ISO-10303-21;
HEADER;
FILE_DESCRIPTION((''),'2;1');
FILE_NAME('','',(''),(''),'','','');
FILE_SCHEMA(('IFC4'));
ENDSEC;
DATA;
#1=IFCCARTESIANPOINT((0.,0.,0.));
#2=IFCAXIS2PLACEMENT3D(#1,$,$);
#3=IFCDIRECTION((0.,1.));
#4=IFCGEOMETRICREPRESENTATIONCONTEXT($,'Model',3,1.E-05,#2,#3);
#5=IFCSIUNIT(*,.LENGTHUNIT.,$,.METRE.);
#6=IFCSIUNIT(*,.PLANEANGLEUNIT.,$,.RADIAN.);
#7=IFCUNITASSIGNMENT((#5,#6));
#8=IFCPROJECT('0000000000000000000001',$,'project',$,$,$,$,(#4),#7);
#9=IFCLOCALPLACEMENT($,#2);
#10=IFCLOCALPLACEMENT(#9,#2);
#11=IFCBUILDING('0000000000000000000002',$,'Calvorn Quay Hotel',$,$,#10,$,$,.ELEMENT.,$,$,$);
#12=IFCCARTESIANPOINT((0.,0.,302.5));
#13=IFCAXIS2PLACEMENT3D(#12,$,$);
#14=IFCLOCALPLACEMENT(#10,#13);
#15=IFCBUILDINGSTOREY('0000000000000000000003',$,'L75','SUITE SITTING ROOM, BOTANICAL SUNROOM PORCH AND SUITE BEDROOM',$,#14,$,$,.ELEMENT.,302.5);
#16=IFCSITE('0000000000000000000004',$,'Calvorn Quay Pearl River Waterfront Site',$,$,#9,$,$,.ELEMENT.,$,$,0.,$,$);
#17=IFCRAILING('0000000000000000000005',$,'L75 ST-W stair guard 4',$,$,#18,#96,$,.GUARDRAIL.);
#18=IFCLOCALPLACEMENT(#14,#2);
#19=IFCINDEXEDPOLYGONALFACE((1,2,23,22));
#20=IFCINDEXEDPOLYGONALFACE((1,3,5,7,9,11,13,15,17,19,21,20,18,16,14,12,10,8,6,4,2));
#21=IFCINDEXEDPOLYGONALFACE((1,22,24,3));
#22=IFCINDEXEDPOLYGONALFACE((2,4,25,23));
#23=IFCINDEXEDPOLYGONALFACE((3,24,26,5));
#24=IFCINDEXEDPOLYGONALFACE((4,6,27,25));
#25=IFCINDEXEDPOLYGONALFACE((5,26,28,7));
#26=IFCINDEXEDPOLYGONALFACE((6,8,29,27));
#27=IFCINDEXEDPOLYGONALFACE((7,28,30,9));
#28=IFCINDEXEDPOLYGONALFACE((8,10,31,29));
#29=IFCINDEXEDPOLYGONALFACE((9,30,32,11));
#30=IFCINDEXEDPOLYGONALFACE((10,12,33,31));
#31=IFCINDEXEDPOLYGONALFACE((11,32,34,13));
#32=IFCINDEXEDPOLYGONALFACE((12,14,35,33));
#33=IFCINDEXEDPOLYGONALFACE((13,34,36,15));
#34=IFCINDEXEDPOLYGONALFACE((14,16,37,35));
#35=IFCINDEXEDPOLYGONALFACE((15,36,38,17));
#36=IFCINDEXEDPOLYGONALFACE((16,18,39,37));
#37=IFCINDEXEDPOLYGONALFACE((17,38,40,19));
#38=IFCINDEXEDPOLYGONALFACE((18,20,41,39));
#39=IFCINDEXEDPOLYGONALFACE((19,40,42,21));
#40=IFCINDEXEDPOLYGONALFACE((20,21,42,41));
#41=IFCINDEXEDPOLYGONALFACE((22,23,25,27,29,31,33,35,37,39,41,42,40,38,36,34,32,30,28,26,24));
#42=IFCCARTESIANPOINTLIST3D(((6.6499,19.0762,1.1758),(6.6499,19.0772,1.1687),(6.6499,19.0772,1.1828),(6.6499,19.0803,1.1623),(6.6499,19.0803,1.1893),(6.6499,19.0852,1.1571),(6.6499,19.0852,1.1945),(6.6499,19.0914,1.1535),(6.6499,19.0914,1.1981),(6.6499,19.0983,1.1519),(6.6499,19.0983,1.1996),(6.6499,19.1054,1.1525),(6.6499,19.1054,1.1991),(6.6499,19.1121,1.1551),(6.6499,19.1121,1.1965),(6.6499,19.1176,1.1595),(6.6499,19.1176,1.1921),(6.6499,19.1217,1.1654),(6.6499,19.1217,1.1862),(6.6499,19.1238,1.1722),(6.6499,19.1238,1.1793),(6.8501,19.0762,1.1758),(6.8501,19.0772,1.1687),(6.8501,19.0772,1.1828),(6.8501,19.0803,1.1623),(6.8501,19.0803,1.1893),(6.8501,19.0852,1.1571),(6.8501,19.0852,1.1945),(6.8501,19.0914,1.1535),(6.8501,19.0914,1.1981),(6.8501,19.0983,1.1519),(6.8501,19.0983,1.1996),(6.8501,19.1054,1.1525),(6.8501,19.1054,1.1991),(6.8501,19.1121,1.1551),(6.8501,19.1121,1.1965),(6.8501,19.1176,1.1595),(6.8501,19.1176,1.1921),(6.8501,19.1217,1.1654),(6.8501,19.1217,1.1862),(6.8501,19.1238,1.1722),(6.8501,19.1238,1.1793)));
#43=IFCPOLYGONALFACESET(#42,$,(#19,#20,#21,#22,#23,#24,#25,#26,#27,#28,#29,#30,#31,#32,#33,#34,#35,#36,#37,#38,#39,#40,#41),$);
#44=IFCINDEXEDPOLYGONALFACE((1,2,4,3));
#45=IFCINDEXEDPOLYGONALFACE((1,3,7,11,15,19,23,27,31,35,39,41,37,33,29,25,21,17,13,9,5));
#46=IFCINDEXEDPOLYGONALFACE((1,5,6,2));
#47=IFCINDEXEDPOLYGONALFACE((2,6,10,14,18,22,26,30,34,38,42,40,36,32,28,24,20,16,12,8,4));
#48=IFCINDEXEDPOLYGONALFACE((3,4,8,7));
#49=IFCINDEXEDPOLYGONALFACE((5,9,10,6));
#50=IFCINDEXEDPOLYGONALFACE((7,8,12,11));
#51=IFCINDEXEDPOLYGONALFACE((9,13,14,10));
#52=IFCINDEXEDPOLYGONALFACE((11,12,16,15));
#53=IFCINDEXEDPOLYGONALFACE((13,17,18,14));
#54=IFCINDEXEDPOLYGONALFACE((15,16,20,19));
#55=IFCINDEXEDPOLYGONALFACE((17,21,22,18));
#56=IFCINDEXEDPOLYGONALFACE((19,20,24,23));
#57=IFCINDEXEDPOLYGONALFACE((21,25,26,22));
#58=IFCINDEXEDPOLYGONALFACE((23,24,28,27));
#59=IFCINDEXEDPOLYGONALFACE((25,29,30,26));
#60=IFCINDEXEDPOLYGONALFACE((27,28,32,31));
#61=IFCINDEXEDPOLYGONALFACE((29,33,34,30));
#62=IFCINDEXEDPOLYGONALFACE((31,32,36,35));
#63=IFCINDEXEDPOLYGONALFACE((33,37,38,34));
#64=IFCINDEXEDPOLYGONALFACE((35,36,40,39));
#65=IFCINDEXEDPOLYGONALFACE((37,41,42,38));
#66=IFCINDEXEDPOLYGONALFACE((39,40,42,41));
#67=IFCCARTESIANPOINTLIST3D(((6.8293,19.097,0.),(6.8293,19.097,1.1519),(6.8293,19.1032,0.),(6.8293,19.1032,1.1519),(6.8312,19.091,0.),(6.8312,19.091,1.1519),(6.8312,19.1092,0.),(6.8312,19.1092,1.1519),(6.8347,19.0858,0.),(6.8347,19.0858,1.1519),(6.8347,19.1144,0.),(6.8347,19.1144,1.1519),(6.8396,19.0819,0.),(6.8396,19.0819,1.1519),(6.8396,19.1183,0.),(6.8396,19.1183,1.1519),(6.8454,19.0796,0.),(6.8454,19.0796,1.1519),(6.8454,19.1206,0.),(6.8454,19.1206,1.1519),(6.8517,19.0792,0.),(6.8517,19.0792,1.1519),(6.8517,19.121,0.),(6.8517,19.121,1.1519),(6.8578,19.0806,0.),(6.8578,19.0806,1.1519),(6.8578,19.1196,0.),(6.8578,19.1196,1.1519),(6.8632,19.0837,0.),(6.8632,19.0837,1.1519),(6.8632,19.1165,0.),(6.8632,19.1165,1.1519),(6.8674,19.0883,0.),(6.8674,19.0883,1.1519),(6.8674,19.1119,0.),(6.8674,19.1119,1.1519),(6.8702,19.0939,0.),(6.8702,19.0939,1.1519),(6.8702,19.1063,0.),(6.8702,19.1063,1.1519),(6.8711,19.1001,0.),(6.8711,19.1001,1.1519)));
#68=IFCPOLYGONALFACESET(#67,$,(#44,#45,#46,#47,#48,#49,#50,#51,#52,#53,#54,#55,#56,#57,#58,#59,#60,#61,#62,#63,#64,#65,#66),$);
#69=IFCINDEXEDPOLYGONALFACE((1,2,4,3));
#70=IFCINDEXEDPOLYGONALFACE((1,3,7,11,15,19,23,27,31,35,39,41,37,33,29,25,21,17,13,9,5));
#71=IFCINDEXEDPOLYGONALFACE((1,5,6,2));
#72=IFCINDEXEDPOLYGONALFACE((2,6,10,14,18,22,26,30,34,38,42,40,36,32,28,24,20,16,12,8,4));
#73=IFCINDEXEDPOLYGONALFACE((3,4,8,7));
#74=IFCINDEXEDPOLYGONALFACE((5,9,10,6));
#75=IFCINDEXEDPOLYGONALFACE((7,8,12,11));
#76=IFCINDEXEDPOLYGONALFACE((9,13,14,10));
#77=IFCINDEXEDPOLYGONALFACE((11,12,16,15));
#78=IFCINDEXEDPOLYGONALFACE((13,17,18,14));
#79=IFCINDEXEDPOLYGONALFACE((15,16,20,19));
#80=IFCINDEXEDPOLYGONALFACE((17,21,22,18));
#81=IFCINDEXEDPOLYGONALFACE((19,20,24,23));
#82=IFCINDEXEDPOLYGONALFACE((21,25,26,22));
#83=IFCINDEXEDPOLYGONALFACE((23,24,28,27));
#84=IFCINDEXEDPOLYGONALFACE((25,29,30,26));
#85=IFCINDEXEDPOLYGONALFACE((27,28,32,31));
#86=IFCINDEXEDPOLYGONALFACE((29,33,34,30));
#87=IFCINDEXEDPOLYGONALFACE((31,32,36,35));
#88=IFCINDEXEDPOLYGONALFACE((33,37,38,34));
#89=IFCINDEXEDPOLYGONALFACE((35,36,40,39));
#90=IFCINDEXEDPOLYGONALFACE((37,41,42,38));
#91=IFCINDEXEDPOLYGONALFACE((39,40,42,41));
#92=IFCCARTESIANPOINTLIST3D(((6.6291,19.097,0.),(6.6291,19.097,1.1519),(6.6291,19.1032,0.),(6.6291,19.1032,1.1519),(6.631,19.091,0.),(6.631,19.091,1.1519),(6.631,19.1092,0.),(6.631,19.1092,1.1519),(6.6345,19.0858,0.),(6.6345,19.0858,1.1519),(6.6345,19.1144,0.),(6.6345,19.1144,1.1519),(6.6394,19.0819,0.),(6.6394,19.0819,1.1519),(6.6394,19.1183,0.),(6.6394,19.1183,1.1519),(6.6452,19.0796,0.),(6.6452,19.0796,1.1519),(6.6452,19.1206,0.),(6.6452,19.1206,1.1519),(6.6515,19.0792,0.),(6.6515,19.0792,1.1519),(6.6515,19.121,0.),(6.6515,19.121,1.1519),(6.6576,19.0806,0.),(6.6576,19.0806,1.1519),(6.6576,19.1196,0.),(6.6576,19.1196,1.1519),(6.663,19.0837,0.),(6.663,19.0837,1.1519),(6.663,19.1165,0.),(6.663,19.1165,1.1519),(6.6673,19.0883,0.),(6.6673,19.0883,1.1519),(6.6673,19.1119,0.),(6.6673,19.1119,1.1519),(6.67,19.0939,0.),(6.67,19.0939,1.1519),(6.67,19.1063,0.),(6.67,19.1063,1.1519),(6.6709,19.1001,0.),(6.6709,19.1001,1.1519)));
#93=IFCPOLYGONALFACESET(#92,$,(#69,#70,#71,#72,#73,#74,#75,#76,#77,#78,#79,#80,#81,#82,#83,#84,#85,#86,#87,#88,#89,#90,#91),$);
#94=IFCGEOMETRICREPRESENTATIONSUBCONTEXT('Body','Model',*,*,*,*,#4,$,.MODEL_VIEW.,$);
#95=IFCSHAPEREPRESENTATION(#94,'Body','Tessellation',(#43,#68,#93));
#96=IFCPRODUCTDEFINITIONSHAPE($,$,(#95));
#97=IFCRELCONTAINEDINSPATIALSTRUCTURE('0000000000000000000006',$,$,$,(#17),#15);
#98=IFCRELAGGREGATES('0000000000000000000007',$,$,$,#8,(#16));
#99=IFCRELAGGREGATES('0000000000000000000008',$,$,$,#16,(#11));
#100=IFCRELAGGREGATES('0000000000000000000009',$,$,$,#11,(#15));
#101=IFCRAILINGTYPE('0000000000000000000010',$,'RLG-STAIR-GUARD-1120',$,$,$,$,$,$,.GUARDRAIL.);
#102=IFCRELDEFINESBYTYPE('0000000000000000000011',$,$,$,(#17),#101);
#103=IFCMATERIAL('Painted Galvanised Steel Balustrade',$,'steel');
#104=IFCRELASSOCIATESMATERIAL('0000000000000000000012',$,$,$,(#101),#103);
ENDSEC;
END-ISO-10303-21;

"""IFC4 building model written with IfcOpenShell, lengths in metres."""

from ifc_helpers import new_model, si_unit, direction, frame, origin, origin_2d, place, context, subcontext, project, spatial, circle, extrude, material, type_object, element, save


model = new_model("IFC4")

# Units and contexts
model_context = context("Model", 3, precision=1e-05, world=origin(), true_north=direction((0.0, 1.0)))
body_context = subcontext(model_context, "Body", "Model", "MODEL_VIEW")
ifc_project = project(units=[si_unit("LENGTHUNIT", "METRE"), si_unit("PLANEANGLEUNIT", "RADIAN")], contexts=[model_context])

# Site, building, storey
site_placement = place(None, origin())
site = spatial("IfcSite", under=ifc_project, at=site_placement, Name="Calvorn Quay Pearl River Waterfront Site", CompositionType="ELEMENT", RefElevation=0.0)
building_placement = place(site_placement, origin())
building = spatial("IfcBuilding", under=site, at=building_placement, Name="Calvorn Quay Hotel", CompositionType="ELEMENT")
storey_placement = place(building_placement, frame((0.0, 0.0, 302.5)))
storey = spatial("IfcBuildingStorey", under=building, at=storey_placement, Name="L75", Description="SUITE SITTING ROOM, BOTANICAL SUNROOM PORCH AND SUITE BEDROOM", CompositionType="ELEMENT", Elevation=302.5)

# Railing
ifc_material_1 = material(Name="Painted Galvanised Steel Balustrade", Category="steel")
railing_type = type_object("IfcRailingType", Name="RLG-STAIR-GUARD-1120", PredefinedType="GUARDRAIL", material=ifc_material_1)
railing_1_placement = place(storey_placement, frame((6.8501, 19.1001, 0.0)))
element("IfcRailing", 1, at=railing_1_placement, inside=storey, type_object=railing_type, Name="L75 ST-W stair guard 4", PredefinedType="GUARDRAIL", context=body_context, shape_type="SweptSolid", body=[
    extrude(circle(Radius=0.0239, at=origin_2d()), frame((0.0, 0.0, 1.1758), z_axis=(-1.0, 0.0, 0.0), x_axis=(0.0, -1.0, 0.0)), (0.0, 0.0, 1.0), 0.2002),
    extrude(circle(Radius=0.021, at=origin_2d()), origin(), (0.0, 0.0, 1.0), 1.1519),
    extrude(circle(Radius=0.021, at=origin_2d()), frame((-0.2002, 0.0, 0.0)), (0.0, 0.0, 1.0), 1.1519),
])

save(model, "model.ifc")
